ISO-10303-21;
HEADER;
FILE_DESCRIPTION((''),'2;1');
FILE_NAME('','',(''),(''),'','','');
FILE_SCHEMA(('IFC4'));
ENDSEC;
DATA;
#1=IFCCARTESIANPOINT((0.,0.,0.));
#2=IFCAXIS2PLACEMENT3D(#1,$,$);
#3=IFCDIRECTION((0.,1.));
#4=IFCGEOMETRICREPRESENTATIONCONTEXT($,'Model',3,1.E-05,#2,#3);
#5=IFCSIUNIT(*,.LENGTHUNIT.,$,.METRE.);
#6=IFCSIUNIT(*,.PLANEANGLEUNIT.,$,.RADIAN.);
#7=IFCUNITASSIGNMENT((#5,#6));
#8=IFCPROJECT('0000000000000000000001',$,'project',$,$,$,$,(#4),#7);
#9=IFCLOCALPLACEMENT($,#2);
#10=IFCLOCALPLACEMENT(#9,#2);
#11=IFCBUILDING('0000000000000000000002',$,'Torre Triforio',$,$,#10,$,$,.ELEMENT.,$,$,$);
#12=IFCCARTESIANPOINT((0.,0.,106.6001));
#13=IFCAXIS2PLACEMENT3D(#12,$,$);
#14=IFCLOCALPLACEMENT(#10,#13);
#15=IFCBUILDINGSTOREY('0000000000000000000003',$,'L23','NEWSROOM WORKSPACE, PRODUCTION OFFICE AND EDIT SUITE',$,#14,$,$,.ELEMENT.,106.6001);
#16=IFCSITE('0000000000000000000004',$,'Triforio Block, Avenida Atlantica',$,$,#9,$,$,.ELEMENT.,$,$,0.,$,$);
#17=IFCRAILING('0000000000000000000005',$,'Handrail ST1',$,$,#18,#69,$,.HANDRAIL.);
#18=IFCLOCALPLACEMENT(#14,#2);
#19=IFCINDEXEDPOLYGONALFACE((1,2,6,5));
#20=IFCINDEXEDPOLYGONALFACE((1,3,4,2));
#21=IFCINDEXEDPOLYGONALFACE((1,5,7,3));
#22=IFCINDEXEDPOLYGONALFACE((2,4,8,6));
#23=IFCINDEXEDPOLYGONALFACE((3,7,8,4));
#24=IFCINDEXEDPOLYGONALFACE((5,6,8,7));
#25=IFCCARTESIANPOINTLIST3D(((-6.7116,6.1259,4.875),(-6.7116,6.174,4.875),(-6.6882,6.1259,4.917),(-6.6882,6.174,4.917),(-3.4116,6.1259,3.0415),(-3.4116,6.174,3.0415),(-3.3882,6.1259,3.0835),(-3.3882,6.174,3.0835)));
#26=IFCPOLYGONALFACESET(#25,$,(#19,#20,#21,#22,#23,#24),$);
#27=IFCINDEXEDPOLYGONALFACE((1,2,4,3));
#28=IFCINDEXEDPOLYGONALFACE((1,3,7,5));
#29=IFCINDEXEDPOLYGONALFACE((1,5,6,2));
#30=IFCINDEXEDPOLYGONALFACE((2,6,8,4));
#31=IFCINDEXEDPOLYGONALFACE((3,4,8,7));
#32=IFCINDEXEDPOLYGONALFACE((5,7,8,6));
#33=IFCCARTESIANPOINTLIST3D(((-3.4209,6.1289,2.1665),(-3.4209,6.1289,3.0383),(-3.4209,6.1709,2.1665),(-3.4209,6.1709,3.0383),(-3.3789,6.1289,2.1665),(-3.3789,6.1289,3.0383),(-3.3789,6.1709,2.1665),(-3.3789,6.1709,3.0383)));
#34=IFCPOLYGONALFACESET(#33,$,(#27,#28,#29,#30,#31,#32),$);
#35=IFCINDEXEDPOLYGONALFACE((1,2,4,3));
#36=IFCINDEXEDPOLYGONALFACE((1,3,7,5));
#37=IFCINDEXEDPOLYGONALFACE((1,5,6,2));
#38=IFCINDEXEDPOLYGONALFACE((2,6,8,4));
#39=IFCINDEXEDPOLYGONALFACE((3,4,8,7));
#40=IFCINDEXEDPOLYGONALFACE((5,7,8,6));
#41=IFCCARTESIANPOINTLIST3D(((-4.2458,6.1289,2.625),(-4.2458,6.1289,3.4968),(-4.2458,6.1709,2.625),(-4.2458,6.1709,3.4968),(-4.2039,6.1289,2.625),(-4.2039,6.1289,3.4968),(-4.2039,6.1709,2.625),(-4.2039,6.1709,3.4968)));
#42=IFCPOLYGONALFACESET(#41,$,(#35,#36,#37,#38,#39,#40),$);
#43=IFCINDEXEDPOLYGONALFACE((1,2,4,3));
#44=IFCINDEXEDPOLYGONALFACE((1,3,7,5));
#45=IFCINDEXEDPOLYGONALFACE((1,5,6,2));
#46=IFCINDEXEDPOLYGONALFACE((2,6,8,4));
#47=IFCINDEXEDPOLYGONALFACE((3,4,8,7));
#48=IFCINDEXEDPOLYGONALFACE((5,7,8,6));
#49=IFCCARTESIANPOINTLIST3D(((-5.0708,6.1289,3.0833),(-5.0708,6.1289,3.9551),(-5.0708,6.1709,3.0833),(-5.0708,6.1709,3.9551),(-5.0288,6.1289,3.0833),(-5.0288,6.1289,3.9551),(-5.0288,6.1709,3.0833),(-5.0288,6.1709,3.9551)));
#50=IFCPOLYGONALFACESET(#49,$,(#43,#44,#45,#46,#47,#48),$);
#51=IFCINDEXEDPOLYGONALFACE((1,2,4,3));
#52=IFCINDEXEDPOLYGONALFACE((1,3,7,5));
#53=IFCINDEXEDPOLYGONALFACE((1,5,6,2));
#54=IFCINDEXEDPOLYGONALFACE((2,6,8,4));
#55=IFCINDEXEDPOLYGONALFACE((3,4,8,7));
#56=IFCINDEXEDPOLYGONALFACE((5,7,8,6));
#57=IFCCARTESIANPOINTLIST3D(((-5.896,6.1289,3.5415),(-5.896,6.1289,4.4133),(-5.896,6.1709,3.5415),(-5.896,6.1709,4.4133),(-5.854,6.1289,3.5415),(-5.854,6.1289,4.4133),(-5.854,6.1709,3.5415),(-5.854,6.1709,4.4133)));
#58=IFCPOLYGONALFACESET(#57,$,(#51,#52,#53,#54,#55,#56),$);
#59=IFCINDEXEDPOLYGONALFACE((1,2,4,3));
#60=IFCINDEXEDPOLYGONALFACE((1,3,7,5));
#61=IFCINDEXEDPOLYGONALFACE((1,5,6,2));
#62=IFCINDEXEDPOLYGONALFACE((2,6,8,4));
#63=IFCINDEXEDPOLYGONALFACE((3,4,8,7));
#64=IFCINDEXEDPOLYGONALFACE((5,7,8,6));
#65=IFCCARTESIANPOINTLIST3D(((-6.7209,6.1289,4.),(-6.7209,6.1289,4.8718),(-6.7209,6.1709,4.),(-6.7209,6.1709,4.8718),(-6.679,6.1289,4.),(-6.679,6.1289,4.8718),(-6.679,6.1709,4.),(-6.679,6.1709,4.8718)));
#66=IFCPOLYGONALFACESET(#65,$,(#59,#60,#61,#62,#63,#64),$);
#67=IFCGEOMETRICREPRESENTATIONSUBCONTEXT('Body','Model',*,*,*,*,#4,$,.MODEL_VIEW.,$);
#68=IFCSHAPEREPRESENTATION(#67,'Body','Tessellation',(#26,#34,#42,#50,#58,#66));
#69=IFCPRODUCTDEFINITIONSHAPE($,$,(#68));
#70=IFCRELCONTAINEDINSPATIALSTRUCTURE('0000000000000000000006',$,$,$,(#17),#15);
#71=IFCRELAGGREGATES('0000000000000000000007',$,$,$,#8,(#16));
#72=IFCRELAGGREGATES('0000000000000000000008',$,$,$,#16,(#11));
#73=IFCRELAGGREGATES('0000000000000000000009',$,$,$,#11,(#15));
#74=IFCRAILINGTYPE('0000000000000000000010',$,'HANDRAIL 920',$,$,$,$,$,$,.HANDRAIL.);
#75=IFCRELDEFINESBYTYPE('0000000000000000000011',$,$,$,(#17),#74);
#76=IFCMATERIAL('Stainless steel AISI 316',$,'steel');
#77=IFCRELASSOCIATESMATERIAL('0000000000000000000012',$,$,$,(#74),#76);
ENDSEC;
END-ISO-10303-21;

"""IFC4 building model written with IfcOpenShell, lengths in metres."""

from ifc_helpers import new_model, si_unit, direction, frame, origin, origin_2d, place, context, subcontext, project, spatial, rectangle, extrude, material, type_object, element, save


model = new_model("IFC4")

# Units and contexts
model_context = context("Model", 3, precision=1e-05, world=origin(), true_north=direction((0.0, 1.0)))
body_context = subcontext(model_context, "Body", "Model", "MODEL_VIEW")
ifc_project = project(units=[si_unit("LENGTHUNIT", "METRE"), si_unit("PLANEANGLEUNIT", "RADIAN")], contexts=[model_context])

# Site, building, storey
site_placement = place(None, origin())
site = spatial("IfcSite", under=ifc_project, at=site_placement, Name="Triforio Block, Avenida Atlantica", CompositionType="ELEMENT", RefElevation=0.0)
building_placement = place(site_placement, origin())
building = spatial("IfcBuilding", under=site, at=building_placement, Name="Torre Triforio", CompositionType="ELEMENT")
storey_placement = place(building_placement, frame((0.0, 0.0, 106.6001)))
storey = spatial("IfcBuildingStorey", under=building, at=storey_placement, Name="L23", Description="NEWSROOM WORKSPACE, PRODUCTION OFFICE AND EDIT SUITE", CompositionType="ELEMENT", Elevation=106.6001)

# Railing
ifc_material_1 = material(Name="Stainless steel AISI 316", Category="steel")
railing_type = type_object("IfcRailingType", Name="HANDRAIL 920", PredefinedType="HANDRAIL", material=ifc_material_1)
for number, where, name in (
    (1, (-3.3999, 6.1499, 2.1665), "Handrail ST1"),
):
    element("IfcRailing", number, at=place(storey_placement, frame(where)), inside=storey, type_object=railing_type, Name=name, PredefinedType="HANDRAIL", context=body_context, shape_type="SweptSolid", body=[
        extrude(rectangle(XDim=0.0481, YDim=0.0481, at=origin_2d()), frame((0.0, 0.0, 0.896), z_axis=(-0.874142, 0.0, 0.48567), x_axis=(0.0, -1.0, 0.0)), (0.0, 0.0, 1.0), 3.7751),
        extrude(rectangle(XDim=0.042, YDim=0.042, at=origin_2d()), origin(), (0.0, 0.0, 1.0), 0.8718),
        extrude(rectangle(XDim=0.042, YDim=0.042, at=origin_2d()), frame((-0.825, 0.0, 0.4585)), (0.0, 0.0, 1.0), 0.8718),
        extrude(rectangle(XDim=0.042, YDim=0.042, at=origin_2d()), frame((-1.6499, 0.0, 0.9167)), (0.0, 0.0, 1.0), 0.8718),
        extrude(rectangle(XDim=0.042, YDim=0.042, at=origin_2d()), frame((-2.4751, 0.0, 1.375)), (0.0, 0.0, 1.0), 0.8718),
        extrude(rectangle(XDim=0.042, YDim=0.042, at=origin_2d()), frame((-3.3, 0.0, 1.8335)), (0.0, 0.0, 1.0), 0.8718),
    ])

save(model, "model.ifc")
